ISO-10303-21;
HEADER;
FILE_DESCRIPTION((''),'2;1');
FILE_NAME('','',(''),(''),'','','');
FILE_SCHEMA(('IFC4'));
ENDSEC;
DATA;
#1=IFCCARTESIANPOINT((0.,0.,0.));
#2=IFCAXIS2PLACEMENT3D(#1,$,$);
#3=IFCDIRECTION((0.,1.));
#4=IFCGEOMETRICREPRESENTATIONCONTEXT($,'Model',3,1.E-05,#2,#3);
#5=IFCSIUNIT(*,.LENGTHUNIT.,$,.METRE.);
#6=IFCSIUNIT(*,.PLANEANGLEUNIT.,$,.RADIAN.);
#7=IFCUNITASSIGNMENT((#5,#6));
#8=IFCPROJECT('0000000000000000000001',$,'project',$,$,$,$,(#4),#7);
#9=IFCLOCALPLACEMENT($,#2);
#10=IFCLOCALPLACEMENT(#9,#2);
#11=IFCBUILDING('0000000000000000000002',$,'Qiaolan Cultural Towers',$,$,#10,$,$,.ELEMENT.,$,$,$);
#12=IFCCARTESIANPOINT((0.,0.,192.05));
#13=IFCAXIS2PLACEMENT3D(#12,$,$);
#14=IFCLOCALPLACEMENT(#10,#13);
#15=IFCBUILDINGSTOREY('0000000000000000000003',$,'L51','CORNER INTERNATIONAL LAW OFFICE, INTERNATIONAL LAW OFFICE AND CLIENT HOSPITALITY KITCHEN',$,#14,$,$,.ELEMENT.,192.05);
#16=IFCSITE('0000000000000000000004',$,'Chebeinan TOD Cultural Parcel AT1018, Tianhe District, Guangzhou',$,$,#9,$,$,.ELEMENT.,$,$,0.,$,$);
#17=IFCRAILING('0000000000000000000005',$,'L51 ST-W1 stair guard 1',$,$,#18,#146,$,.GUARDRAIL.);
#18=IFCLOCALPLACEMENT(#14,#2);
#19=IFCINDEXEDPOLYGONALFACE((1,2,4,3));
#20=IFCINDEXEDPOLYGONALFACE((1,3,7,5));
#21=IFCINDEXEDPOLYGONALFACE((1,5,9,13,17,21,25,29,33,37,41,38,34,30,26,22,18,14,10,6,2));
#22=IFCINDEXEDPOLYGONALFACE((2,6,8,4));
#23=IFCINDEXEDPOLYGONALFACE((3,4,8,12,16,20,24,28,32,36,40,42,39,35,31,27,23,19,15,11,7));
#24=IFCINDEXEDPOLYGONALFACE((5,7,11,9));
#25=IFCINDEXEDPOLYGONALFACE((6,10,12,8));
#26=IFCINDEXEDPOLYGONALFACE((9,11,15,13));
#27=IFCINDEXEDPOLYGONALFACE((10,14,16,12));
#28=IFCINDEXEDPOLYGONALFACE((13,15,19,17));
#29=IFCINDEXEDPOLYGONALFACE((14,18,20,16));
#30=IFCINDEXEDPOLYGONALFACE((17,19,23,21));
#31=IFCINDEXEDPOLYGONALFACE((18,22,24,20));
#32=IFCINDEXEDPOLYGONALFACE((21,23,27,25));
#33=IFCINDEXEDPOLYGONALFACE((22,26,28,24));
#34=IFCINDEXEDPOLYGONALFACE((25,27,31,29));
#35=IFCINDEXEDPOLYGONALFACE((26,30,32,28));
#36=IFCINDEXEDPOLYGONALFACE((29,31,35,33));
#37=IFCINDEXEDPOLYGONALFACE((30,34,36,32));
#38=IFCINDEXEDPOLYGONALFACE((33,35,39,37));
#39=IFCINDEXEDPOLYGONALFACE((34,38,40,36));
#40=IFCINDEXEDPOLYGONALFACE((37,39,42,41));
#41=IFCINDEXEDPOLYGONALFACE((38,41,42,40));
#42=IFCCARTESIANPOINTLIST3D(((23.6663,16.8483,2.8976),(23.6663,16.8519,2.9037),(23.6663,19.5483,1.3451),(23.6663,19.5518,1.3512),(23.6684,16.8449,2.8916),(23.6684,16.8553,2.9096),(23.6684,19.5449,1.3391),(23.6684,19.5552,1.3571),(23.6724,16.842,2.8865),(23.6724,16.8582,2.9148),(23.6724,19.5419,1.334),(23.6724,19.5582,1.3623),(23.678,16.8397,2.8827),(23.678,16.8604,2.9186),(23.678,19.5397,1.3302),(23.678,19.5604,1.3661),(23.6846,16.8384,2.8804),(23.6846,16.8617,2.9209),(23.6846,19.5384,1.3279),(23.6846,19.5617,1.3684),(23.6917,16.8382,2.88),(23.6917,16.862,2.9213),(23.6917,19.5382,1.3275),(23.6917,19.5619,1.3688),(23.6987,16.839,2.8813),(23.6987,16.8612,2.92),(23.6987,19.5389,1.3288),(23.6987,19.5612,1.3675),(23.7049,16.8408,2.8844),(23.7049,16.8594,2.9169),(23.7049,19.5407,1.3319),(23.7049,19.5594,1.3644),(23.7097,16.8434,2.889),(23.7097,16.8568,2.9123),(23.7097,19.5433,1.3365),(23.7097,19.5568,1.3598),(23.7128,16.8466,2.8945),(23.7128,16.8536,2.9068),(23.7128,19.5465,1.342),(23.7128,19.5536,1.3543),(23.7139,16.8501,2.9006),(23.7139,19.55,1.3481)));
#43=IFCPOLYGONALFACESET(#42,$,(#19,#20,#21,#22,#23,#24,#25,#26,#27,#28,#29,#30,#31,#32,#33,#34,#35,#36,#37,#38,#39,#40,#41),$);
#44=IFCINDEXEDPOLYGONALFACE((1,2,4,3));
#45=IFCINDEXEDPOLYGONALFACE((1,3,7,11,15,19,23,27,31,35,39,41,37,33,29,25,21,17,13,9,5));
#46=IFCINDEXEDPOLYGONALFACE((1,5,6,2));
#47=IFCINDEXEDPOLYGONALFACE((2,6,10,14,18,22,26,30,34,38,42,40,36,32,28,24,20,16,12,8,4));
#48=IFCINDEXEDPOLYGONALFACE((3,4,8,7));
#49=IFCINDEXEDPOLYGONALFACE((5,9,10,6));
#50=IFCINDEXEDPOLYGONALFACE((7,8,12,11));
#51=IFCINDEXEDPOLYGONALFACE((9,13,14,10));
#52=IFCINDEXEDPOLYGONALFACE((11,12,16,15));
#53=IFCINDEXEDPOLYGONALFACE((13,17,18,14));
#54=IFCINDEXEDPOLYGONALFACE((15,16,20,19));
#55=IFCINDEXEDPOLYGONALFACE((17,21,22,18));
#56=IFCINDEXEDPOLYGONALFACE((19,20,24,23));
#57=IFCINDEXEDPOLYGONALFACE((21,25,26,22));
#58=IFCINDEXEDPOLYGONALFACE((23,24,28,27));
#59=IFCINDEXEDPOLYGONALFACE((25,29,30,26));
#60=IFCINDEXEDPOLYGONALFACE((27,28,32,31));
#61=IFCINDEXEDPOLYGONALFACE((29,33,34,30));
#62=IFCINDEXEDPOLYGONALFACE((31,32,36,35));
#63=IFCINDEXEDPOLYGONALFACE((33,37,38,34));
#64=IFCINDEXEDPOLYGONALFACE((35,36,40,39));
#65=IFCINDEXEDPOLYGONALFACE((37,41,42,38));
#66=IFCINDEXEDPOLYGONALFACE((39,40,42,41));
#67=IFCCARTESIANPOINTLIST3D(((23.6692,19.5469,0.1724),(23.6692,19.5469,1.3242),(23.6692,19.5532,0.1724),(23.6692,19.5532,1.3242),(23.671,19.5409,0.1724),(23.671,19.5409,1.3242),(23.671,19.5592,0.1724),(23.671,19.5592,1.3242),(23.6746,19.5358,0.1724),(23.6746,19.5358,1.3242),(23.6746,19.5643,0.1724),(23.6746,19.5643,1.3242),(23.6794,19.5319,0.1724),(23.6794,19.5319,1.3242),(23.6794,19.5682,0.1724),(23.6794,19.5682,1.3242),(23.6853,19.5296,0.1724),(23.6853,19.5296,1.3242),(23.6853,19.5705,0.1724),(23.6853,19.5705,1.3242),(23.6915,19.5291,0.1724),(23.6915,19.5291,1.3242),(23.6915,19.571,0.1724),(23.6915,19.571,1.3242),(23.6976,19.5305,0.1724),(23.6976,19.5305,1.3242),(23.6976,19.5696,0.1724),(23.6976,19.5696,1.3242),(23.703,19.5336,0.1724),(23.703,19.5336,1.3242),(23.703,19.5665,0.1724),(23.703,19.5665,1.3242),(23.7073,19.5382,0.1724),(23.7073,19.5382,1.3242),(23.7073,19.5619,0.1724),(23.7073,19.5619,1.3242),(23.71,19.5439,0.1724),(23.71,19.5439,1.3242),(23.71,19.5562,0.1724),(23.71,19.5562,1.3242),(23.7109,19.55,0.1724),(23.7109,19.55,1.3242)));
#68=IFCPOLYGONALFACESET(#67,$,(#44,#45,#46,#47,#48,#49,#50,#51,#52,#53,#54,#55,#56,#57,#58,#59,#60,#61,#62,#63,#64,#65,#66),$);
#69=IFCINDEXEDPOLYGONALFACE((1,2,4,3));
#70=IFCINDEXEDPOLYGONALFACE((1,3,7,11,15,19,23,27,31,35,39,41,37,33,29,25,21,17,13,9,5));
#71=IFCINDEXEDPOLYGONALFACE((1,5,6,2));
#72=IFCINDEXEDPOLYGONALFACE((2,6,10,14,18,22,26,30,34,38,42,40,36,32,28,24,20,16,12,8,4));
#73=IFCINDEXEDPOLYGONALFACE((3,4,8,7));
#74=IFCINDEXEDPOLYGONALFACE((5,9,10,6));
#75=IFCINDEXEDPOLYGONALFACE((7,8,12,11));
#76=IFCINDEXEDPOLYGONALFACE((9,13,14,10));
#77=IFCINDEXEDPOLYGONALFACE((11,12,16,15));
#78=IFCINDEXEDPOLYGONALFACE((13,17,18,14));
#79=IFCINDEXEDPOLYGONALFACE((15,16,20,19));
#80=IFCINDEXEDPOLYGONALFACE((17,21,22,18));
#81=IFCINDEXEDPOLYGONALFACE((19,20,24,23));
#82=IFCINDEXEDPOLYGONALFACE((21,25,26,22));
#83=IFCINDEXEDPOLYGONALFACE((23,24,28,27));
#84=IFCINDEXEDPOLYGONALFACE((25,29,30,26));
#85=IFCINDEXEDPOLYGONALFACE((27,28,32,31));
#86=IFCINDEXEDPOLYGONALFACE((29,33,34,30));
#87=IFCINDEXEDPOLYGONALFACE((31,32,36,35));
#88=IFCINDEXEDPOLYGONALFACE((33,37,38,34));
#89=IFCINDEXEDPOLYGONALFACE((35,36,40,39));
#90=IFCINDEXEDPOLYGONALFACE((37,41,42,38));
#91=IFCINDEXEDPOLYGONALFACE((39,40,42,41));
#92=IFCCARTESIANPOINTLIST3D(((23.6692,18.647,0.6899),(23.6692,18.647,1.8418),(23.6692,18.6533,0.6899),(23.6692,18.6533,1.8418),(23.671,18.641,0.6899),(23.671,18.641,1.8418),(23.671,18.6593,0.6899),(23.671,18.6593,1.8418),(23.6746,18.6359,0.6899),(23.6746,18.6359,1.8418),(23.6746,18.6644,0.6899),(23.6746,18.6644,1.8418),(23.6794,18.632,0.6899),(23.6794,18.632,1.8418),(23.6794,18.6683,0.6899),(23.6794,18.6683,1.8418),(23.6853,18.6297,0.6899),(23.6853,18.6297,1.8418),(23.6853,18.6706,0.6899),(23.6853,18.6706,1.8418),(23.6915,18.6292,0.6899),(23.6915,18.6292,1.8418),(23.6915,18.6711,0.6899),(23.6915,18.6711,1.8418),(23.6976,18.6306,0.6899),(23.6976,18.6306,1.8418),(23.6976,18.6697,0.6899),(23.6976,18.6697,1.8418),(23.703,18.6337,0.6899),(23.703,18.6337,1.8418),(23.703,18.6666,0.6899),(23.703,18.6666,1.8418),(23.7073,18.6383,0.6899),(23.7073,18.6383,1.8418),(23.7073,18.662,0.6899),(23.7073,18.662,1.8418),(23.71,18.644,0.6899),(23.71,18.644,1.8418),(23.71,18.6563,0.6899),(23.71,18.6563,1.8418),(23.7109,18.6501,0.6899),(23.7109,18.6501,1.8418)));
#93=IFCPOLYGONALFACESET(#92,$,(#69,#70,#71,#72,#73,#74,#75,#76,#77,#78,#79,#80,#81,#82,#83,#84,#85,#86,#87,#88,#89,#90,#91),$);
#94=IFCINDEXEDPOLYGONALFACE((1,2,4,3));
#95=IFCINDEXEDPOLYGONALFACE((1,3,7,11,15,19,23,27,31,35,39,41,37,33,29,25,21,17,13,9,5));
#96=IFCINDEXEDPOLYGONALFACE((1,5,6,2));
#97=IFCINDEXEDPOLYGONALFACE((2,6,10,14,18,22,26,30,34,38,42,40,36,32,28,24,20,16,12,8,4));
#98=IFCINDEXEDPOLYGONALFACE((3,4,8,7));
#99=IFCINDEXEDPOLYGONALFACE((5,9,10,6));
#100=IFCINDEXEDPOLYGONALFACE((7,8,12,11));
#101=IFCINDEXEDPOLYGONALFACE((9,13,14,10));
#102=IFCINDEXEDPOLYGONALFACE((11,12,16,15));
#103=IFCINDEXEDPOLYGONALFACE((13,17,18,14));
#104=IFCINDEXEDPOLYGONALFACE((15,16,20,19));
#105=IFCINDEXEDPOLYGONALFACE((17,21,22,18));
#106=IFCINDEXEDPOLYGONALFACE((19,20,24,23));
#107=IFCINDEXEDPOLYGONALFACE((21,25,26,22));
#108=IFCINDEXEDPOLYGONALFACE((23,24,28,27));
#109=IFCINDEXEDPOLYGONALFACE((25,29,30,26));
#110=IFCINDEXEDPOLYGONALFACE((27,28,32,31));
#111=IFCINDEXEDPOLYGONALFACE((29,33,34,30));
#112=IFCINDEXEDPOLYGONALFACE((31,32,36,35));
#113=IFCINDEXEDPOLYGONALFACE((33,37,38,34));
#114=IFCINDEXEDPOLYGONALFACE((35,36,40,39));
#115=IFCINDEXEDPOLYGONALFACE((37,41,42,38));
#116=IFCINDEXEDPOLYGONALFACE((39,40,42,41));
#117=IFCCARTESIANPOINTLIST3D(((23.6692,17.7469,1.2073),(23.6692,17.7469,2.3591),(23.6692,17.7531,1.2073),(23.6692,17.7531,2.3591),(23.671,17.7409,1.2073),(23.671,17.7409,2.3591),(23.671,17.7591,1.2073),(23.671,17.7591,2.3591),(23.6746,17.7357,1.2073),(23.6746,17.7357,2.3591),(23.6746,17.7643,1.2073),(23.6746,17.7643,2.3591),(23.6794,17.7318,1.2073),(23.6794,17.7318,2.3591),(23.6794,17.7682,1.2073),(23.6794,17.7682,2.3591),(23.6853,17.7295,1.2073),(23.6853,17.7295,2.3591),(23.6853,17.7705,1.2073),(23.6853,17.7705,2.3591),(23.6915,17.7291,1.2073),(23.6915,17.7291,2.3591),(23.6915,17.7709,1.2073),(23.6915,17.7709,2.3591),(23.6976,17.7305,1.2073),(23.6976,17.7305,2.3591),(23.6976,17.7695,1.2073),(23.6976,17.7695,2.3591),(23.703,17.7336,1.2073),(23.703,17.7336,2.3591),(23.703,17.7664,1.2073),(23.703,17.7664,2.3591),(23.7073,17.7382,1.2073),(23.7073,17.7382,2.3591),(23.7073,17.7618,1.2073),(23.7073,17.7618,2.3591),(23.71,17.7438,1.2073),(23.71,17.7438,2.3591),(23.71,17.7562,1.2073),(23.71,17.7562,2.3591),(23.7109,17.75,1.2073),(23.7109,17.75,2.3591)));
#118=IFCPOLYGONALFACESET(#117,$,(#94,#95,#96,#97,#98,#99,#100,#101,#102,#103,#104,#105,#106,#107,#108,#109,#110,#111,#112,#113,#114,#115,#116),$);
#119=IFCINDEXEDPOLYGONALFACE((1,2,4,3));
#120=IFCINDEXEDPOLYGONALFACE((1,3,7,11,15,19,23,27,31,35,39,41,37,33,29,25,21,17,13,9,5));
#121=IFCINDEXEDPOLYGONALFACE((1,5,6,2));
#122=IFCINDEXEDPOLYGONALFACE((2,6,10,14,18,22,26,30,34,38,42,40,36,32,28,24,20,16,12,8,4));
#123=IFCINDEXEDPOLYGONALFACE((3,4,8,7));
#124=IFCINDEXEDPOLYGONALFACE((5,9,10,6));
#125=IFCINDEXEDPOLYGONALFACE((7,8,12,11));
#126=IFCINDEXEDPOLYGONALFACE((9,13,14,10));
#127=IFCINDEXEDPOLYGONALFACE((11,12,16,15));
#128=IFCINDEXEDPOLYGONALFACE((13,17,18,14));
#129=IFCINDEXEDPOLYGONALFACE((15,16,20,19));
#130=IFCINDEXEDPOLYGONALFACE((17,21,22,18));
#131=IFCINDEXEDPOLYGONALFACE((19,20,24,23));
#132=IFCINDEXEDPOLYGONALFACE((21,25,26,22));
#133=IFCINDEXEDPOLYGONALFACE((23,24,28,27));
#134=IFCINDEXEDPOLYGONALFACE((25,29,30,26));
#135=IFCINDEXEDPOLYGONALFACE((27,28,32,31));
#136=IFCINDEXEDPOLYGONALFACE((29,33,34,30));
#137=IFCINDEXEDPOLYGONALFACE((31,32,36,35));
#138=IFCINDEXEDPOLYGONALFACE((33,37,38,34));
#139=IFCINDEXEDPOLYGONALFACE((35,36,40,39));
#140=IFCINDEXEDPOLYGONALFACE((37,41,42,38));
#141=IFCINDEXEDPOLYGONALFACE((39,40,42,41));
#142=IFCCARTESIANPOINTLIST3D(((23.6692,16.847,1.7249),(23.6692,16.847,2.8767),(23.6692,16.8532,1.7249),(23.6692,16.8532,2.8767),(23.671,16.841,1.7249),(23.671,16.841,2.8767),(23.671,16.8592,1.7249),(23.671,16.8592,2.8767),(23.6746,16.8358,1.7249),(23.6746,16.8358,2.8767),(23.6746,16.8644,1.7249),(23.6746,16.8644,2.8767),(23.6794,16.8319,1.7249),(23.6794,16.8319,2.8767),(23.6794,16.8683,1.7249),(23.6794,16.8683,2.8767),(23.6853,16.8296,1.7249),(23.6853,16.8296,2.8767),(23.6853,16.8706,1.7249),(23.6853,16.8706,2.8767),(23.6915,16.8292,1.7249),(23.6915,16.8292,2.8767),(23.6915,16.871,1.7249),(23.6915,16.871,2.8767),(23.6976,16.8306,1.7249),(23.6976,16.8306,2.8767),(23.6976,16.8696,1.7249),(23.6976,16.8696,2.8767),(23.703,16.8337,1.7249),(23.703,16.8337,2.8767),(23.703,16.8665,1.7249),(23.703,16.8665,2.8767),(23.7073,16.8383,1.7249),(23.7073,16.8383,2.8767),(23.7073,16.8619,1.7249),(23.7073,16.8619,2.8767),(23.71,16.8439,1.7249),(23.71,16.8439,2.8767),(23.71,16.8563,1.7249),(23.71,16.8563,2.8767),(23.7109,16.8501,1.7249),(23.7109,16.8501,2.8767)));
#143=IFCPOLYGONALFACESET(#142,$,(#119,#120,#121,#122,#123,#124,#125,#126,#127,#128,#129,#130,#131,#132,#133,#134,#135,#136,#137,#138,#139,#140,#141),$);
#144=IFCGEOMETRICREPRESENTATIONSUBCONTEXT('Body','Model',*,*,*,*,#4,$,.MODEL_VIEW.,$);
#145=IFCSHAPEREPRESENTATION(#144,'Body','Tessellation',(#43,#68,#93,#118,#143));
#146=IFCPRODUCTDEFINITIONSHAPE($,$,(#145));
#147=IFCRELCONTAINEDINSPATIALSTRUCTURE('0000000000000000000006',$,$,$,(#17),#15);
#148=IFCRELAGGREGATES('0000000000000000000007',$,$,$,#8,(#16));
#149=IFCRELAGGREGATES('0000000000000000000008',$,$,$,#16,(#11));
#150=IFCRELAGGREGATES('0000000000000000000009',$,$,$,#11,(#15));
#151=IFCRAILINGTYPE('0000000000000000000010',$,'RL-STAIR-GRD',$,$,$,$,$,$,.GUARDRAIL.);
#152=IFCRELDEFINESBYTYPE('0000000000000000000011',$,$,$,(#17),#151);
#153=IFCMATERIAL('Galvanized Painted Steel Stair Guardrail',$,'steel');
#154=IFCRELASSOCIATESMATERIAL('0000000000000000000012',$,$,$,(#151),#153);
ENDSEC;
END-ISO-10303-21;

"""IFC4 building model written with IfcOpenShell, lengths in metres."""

from ifc_helpers import new_model, si_unit, direction, frame, origin, origin_2d, place, context, subcontext, project, spatial, circle, extrude, material, type_object, element, save


model = new_model("IFC4")

# Units and contexts
model_context = context("Model", 3, precision=1e-05, world=origin(), true_north=direction((0.0, 1.0)))
body_context = subcontext(model_context, "Body", "Model", "MODEL_VIEW")
ifc_project = project(units=[si_unit("LENGTHUNIT", "METRE"), si_unit("PLANEANGLEUNIT", "RADIAN")], contexts=[model_context])

# Site, building, storey
site_placement = place(None, origin())
site = spatial("IfcSite", under=ifc_project, at=site_placement, Name="Chebeinan TOD Cultural Parcel AT1018, Tianhe District, Guangzhou", CompositionType="ELEMENT", RefElevation=0.0)
building_placement = place(site_placement, origin())
building = spatial("IfcBuilding", under=site, at=building_placement, Name="Qiaolan Cultural Towers", CompositionType="ELEMENT")
storey_placement = place(building_placement, frame((0.0, 0.0, 192.05)))
storey = spatial("IfcBuildingStorey", under=building, at=storey_placement, Name="L51", Description="CORNER INTERNATIONAL LAW OFFICE, INTERNATIONAL LAW OFFICE AND CLIENT HOSPITALITY KITCHEN", CompositionType="ELEMENT", Elevation=192.05)

# Railing
ifc_material_1 = material(Name="Galvanized Painted Steel Stair Guardrail", Category="steel")
railing_type_1 = type_object("IfcRailingType", Name="RL-STAIR-GRD", PredefinedType="GUARDRAIL", material=ifc_material_1)
railing_1_placement = place(storey_placement, frame((23.6899, 19.55, 0.1724)))
element("IfcRailing", 1, at=railing_1_placement, inside=storey, type_object=railing_type_1, Name="L51 ST-W1 stair guard 1", PredefinedType="GUARDRAIL", context=body_context, shape_type="SweptSolid", body=[
    extrude(circle(Radius=0.0239, at=origin_2d()), frame((0.0, 0.0, 1.1758), z_axis=(0.0, -0.866904, 0.498476), x_axis=(1.0, 0.0, 0.0)), (0.0, 0.0, 1.0), 3.1145),
    extrude(circle(Radius=0.021, at=origin_2d()), origin(), (0.0, 0.0, 1.0), 1.1519),
    extrude(circle(Radius=0.021, at=origin_2d()), frame((0.0, -0.8999, 0.5176)), (0.0, 0.0, 1.0), 1.1519),
    extrude(circle(Radius=0.021, at=origin_2d()), frame((0.0, -1.8, 1.0349)), (0.0, 0.0, 1.0), 1.1519),
    extrude(circle(Radius=0.021, at=origin_2d()), frame((0.0, -2.7, 1.5525)), (0.0, 0.0, 1.0), 1.1519),
])

save(model, "model.ifc")
